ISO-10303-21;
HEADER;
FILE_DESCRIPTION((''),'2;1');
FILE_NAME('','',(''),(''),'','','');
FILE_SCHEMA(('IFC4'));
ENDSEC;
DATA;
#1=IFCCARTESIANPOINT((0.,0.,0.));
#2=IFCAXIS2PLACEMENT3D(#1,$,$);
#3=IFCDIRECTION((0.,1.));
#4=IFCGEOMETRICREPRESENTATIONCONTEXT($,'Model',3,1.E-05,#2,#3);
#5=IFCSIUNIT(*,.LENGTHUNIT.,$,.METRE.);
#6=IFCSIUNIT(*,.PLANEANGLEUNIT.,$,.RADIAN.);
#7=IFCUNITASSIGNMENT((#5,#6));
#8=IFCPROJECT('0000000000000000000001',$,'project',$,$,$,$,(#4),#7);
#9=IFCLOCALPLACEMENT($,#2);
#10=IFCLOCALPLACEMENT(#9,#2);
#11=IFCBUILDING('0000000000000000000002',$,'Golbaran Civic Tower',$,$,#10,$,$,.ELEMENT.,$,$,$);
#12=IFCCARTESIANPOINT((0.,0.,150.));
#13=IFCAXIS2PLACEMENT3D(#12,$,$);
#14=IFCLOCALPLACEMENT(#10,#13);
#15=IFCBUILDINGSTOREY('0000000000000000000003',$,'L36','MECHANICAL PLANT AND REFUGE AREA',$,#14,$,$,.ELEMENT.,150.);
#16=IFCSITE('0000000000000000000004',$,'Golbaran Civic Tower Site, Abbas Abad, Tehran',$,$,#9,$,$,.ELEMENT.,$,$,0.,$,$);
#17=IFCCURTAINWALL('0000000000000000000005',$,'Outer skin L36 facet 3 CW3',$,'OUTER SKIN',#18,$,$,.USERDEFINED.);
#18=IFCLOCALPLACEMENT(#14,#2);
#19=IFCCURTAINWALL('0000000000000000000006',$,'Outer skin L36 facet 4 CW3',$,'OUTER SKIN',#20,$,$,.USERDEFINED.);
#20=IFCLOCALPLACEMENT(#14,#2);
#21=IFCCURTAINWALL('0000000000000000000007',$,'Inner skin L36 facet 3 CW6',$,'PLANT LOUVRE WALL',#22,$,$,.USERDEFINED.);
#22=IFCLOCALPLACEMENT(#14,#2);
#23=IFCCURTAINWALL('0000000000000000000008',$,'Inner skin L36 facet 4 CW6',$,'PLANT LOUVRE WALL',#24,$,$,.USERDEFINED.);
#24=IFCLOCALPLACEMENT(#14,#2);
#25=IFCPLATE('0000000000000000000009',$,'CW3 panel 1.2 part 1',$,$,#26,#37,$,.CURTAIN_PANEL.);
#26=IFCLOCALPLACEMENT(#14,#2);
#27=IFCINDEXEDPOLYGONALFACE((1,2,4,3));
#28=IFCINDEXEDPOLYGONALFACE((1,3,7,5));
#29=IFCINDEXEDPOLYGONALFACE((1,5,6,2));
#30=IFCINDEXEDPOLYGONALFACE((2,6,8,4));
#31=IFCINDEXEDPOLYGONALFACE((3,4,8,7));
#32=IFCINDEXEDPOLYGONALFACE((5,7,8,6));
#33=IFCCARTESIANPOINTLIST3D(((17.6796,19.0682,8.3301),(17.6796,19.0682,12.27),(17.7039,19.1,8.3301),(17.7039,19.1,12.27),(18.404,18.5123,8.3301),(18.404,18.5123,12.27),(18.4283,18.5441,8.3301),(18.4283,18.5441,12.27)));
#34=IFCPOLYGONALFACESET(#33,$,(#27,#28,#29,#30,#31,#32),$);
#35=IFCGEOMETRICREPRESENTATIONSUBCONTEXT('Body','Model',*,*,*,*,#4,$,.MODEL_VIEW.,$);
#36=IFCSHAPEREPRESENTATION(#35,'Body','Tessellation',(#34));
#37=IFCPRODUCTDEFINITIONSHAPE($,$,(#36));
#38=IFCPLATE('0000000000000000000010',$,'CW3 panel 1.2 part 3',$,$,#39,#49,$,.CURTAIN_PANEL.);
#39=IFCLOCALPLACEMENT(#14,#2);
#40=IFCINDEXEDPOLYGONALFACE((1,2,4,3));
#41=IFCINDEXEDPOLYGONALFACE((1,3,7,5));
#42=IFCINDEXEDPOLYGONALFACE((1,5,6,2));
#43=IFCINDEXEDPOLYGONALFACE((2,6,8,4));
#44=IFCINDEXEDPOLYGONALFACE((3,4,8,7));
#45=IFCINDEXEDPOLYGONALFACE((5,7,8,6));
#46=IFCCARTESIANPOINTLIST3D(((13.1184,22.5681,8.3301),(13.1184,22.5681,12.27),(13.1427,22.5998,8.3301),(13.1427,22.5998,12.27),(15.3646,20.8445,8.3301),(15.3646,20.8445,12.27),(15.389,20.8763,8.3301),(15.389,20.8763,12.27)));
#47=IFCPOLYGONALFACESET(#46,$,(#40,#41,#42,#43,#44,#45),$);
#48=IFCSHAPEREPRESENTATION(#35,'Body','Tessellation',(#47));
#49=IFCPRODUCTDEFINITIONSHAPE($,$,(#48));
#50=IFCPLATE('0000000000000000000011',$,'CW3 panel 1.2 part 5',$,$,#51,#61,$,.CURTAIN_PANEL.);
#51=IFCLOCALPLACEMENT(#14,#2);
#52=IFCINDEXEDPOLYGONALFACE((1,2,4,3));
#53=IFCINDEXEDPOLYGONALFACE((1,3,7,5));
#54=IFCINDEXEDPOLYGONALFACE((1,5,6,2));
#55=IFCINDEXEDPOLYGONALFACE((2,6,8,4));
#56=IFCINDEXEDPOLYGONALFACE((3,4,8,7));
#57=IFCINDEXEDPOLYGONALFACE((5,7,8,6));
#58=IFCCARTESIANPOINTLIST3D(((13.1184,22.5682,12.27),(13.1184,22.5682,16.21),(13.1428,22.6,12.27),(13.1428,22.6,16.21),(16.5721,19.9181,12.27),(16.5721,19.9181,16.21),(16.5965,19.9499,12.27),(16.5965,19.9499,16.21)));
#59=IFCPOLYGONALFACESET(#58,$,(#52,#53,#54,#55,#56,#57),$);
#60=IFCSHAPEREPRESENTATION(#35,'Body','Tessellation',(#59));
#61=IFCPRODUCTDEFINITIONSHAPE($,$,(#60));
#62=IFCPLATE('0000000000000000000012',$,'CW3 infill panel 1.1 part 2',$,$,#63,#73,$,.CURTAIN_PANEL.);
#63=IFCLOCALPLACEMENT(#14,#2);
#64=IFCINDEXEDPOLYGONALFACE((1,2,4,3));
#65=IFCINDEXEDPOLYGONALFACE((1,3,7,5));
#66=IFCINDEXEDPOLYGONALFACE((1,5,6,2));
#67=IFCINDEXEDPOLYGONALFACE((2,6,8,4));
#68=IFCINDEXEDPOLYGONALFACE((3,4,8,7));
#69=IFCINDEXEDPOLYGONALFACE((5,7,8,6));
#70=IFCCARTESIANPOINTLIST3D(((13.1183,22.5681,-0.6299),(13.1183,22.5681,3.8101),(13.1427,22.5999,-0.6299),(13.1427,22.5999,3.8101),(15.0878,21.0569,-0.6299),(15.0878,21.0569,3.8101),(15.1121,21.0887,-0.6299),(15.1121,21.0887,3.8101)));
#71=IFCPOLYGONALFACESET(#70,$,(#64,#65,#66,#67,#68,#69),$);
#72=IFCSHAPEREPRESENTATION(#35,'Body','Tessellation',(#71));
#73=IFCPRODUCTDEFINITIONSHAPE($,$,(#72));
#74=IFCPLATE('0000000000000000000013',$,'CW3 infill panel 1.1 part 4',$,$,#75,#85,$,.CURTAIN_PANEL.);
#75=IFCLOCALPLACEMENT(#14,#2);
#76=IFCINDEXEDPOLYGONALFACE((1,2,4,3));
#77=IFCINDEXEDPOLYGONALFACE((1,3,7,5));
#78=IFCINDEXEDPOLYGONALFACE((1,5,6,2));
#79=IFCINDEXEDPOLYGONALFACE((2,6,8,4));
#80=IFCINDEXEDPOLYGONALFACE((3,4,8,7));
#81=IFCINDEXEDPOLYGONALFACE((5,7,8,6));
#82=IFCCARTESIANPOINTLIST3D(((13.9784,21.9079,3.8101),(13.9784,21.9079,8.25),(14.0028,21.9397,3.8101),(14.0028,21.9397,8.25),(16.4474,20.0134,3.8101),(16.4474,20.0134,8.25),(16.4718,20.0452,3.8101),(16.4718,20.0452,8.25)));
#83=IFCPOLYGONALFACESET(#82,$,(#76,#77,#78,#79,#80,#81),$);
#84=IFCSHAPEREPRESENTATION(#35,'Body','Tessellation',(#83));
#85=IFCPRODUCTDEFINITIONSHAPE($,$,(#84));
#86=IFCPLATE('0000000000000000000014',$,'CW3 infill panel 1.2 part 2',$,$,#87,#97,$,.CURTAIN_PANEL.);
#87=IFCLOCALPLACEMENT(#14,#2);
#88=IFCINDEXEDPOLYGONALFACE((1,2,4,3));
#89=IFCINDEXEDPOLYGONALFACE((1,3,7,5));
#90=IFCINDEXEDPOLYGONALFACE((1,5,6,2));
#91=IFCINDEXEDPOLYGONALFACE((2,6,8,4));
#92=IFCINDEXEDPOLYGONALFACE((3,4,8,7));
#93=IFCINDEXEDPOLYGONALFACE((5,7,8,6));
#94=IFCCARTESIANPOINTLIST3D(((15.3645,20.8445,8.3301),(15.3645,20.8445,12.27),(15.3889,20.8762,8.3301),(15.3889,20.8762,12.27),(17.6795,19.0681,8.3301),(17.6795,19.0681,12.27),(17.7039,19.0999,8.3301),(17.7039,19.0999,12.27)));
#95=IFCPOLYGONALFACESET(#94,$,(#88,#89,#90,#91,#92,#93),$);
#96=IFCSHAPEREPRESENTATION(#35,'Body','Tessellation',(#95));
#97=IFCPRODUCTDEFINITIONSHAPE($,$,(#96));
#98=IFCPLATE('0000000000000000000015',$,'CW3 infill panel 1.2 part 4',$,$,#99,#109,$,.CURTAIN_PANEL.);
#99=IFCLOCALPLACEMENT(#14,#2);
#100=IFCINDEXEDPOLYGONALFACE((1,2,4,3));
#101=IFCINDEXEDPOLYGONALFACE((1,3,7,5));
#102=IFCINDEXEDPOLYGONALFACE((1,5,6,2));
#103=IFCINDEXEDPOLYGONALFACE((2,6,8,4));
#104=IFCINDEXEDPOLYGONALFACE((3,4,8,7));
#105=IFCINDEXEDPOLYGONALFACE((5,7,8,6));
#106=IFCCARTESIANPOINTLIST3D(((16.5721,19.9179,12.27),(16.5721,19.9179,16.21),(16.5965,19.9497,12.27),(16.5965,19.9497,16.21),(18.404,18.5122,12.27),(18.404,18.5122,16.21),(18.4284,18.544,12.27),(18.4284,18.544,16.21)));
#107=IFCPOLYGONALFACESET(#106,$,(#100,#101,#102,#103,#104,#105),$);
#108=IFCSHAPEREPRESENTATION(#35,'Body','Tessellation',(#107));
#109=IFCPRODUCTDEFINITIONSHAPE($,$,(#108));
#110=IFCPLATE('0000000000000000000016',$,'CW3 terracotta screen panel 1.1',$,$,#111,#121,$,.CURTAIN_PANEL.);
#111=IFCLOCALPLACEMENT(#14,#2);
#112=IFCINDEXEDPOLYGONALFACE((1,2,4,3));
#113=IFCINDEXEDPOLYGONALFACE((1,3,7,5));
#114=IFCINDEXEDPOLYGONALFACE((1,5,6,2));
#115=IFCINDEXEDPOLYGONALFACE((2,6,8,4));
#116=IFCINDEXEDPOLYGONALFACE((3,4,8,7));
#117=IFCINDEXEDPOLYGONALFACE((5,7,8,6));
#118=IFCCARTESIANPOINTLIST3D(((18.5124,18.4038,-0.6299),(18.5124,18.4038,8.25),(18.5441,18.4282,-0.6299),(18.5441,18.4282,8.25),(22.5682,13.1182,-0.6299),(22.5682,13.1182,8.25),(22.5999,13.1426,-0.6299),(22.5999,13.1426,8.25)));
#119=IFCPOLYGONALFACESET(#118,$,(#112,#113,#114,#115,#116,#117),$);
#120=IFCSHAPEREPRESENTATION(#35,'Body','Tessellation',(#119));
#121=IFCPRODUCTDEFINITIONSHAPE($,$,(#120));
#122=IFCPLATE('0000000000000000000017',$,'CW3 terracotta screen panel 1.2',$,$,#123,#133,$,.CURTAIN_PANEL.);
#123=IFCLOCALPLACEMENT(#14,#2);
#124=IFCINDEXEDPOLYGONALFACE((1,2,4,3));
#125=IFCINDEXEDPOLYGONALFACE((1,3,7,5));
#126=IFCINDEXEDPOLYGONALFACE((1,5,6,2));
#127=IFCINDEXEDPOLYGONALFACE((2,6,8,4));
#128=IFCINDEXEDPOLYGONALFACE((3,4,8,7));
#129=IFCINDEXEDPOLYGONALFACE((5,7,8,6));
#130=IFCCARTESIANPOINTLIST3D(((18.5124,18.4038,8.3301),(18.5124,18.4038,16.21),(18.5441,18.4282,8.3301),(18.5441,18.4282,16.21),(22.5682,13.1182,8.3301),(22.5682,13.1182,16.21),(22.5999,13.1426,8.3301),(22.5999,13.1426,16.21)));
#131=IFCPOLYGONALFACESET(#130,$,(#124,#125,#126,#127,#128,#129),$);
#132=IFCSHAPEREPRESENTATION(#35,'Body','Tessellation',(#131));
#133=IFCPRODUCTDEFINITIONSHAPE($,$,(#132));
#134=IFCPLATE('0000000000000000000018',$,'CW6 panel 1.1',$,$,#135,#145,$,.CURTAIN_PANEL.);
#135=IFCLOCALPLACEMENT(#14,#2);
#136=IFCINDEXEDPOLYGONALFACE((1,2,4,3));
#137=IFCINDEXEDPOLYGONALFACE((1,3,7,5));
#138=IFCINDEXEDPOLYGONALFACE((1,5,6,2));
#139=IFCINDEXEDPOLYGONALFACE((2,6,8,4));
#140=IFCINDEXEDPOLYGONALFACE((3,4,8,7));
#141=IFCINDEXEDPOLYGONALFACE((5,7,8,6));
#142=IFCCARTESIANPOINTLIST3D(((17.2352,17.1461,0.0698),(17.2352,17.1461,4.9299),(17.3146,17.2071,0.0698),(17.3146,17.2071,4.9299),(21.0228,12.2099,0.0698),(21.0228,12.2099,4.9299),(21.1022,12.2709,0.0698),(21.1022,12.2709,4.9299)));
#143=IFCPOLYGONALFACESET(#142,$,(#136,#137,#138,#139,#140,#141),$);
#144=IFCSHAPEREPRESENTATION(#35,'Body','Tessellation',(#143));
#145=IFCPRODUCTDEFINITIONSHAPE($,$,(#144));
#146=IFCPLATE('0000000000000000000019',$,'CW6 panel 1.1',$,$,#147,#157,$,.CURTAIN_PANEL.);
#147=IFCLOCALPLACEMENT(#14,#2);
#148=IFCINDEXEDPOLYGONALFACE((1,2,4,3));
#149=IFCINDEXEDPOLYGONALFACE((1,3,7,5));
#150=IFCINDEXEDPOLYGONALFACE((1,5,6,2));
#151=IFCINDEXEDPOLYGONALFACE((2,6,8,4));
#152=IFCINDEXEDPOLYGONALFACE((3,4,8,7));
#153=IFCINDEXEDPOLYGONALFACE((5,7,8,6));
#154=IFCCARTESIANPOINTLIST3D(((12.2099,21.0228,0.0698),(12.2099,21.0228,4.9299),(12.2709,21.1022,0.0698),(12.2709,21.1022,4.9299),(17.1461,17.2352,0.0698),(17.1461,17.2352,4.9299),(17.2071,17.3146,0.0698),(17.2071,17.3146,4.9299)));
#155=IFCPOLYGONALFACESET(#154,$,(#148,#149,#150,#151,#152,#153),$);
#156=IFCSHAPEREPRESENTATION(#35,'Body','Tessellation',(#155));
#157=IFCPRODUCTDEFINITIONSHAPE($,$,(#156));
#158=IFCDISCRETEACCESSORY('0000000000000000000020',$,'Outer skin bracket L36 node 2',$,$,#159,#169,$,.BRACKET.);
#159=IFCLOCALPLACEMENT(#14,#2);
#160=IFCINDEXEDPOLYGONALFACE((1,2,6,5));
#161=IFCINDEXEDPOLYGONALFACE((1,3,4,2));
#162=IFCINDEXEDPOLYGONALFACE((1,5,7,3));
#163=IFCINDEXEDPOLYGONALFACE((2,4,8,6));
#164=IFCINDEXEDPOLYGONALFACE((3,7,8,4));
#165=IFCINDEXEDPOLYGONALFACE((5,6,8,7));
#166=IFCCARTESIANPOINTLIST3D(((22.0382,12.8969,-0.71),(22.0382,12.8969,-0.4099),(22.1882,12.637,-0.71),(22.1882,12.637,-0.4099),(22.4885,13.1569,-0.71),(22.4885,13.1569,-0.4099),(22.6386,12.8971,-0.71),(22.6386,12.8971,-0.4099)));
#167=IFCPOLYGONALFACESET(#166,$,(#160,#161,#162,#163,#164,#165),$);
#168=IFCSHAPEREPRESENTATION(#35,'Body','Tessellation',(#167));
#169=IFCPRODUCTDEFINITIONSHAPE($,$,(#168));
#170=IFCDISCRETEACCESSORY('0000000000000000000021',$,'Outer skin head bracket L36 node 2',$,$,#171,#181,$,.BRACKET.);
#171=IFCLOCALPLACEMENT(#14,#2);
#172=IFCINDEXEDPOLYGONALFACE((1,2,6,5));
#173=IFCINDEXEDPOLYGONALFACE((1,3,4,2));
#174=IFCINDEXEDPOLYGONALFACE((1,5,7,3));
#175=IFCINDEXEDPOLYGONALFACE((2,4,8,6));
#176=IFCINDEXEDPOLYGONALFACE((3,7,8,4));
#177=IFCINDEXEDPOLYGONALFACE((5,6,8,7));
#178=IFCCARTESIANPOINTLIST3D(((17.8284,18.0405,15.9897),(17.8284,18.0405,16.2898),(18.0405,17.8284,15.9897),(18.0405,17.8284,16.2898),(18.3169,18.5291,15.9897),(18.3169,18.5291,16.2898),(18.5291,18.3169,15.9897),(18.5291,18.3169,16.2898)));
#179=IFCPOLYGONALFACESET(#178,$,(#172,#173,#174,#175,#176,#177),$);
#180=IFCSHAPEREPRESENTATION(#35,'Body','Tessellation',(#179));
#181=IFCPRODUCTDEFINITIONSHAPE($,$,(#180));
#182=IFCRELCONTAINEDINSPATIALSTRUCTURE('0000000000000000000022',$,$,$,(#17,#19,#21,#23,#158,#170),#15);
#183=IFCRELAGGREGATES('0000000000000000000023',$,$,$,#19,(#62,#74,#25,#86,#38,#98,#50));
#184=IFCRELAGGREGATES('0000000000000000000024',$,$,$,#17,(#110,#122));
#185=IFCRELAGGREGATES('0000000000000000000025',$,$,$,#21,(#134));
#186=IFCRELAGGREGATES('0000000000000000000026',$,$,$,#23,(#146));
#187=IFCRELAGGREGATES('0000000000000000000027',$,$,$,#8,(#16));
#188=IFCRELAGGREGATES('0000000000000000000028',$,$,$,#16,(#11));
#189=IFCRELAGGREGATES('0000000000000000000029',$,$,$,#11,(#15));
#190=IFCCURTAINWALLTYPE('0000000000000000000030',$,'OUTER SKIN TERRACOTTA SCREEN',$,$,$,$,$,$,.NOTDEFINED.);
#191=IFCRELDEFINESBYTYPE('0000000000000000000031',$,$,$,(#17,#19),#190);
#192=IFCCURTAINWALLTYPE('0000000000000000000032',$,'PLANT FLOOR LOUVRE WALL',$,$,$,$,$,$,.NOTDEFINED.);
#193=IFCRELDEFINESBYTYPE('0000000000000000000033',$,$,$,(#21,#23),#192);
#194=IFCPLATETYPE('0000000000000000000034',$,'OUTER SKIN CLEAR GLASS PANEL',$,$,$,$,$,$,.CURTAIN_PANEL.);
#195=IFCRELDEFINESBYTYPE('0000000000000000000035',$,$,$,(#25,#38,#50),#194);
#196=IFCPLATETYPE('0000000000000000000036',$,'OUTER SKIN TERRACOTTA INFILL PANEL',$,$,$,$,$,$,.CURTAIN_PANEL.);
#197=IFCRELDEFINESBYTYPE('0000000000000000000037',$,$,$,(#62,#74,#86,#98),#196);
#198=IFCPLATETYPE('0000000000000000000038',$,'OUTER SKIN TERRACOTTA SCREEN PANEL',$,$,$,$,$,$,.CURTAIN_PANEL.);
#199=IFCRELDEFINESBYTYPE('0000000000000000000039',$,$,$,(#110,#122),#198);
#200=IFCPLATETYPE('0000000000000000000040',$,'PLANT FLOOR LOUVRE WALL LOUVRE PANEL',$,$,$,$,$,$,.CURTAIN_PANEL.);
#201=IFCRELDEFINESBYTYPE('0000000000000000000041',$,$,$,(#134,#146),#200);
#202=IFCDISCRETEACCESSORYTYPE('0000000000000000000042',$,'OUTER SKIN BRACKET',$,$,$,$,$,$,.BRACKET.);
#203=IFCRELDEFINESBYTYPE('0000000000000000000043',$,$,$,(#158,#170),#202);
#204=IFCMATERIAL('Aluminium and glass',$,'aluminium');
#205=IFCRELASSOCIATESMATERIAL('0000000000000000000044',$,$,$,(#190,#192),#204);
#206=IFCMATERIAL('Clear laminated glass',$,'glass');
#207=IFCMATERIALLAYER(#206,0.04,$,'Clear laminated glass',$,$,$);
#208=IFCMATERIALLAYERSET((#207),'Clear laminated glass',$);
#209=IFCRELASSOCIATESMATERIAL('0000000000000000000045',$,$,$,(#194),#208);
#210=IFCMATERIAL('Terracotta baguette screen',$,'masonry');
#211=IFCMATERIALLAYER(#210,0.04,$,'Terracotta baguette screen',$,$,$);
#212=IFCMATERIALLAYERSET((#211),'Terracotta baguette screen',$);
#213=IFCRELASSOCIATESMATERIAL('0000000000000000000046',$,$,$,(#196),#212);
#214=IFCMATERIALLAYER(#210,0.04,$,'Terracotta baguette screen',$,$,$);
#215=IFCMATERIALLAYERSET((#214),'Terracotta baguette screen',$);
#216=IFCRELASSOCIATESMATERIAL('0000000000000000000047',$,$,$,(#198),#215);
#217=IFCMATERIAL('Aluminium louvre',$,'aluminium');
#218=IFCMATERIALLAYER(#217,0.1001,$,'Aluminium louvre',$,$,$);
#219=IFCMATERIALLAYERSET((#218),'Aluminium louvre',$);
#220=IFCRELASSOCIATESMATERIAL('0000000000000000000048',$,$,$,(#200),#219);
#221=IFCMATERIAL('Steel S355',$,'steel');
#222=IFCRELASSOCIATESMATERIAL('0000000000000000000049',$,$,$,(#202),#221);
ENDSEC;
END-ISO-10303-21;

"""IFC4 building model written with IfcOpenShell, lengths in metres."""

from ifc_helpers import new_model, si_unit, direction, frame, origin, origin_2d, place, context, subcontext, project, spatial, rectangle, extrude, material, layer, layer_set, type_object, element, aggregate, save


model = new_model("IFC4")

# Units and contexts
model_context = context("Model", 3, precision=1e-05, world=origin(), true_north=direction((0.0, 1.0)))
body_context = subcontext(model_context, "Body", "Model", "MODEL_VIEW")
ifc_project = project(units=[si_unit("LENGTHUNIT", "METRE"), si_unit("PLANEANGLEUNIT", "RADIAN")], contexts=[model_context])

# Site, building, storey
site_placement = place(None, origin())
site = spatial("IfcSite", under=ifc_project, at=site_placement, Name="Golbaran Civic Tower Site, Abbas Abad, Tehran", CompositionType="ELEMENT", RefElevation=0.0)
building_placement = place(site_placement, origin())
building = spatial("IfcBuilding", under=site, at=building_placement, Name="Golbaran Civic Tower", CompositionType="ELEMENT")
storey_placement = place(building_placement, frame((0.0, 0.0, 150.0)))
storey = spatial("IfcBuildingStorey", under=building, at=storey_placement, Name="L36", Description="MECHANICAL PLANT AND REFUGE AREA", CompositionType="ELEMENT", Elevation=150.0)

# Shared definitions
ifc_material_1 = material(Name="Steel S355", Category="steel")

# Shared definitions
ifc_material_2 = material(Name="Aluminium and glass", Category="aluminium")
curtain_wall_type_1 = type_object("IfcCurtainWallType", Name="OUTER SKIN TERRACOTTA SCREEN", PredefinedType="NOTDEFINED", material=ifc_material_2)

# Curtain walls
curtain_wall_1_placement = place(storey_placement, origin())
curtain_wall_1 = element("IfcCurtainWall", 1, at=curtain_wall_1_placement, inside=storey, type_object=curtain_wall_type_1, Name="Outer skin L36 facet 3 CW3", ObjectType="OUTER SKIN", PredefinedType="USERDEFINED")
curtain_wall_2_placement = place(storey_placement, origin())
curtain_wall_2 = element("IfcCurtainWall", 2, at=curtain_wall_2_placement, inside=storey, type_object=curtain_wall_type_1, Name="Outer skin L36 facet 4 CW3", ObjectType="OUTER SKIN", PredefinedType="USERDEFINED")

# Shared definitions
curtain_wall_type_2 = type_object("IfcCurtainWallType", Name="PLANT FLOOR LOUVRE WALL", PredefinedType="NOTDEFINED", material=ifc_material_2)

# Curtain wall
curtain_wall_3_placement = place(storey_placement, origin())
curtain_wall_3 = element("IfcCurtainWall", 3, at=curtain_wall_3_placement, inside=storey, type_object=curtain_wall_type_2, Name="Inner skin L36 facet 3 CW6", ObjectType="PLANT LOUVRE WALL", PredefinedType="USERDEFINED")

# Curtain wall
curtain_wall_4_placement = place(storey_placement, origin())
curtain_wall_4 = element("IfcCurtainWall", 4, at=curtain_wall_4_placement, inside=storey, type_object=curtain_wall_type_2, Name="Inner skin L36 facet 4 CW6", ObjectType="PLANT LOUVRE WALL", PredefinedType="USERDEFINED")

# Plates
ifc_material_3 = material(Name="Clear laminated glass", Category="glass")
ifc_layer_1 = layer(ifc_material_3, 0.04, Name="Clear laminated glass")
ifc_layer_set_1 = layer_set([ifc_layer_1], Name="Clear laminated glass")
plate_type_1 = type_object("IfcPlateType", Name="OUTER SKIN CLEAR GLASS PANEL", PredefinedType="CURTAIN_PANEL", material=ifc_layer_set_1)
plate_1_placement = place(storey_placement, frame((18.054, 18.8062, 8.3301), z_axis=(0.0, 0.0, 1.0), x_axis=(-0.793353, 0.608761, 0.0)))
plate_1 = element("IfcPlate", 5, at=plate_1_placement, type_object=plate_type_1, Name="CW3 panel 1.2 part 1", PredefinedType="CURTAIN_PANEL", context=body_context, shape_type="SweptSolid", body=[
    extrude(rectangle(XDim=0.9131, YDim=0.04, at=origin_2d()), origin(), (0.0, 0.0, 1.0), 3.9399),
])
plate_2_placement = place(storey_placement, frame((14.2537, 21.7222, 8.3301), z_axis=(0.0, 0.0, 1.0), x_axis=(-0.793353, 0.608761, 0.0)))
plate_2 = element("IfcPlate", 6, at=plate_2_placement, type_object=plate_type_1, Name="CW3 panel 1.2 part 3", PredefinedType="CURTAIN_PANEL", context=body_context, shape_type="SweptSolid", body=[
    extrude(rectangle(XDim=2.8313, YDim=0.04, at=origin_2d()), origin(), (0.0, 0.0, 1.0), 3.9399),
])
plate_3_placement = place(storey_placement, frame((14.8574, 21.259, 12.27), z_axis=(0.0, 0.0, 1.0), x_axis=(-0.793353, 0.608761, 0.0)))
plate_3 = element("IfcPlate", 7, at=plate_3_placement, type_object=plate_type_1, Name="CW3 panel 1.2 part 5", PredefinedType="CURTAIN_PANEL", context=body_context, shape_type="SweptSolid", body=[
    extrude(rectangle(XDim=4.3533, YDim=0.04, at=origin_2d()), origin(), (0.0, 0.0, 1.0), 3.9399),
])
ifc_material_4 = material(Name="Terracotta baguette screen", Category="masonry")
ifc_layer_2 = layer(ifc_material_4, 0.04, Name="Terracotta baguette screen")
ifc_layer_set_2 = layer_set([ifc_layer_2], Name="Terracotta baguette screen")
plate_type_2 = type_object("IfcPlateType", Name="OUTER SKIN TERRACOTTA INFILL PANEL", PredefinedType="CURTAIN_PANEL", material=ifc_layer_set_2)
plate_4_placement = place(storey_placement, frame((14.1152, 21.8284, -0.6299), z_axis=(0.0, 0.0, 1.0), x_axis=(-0.793353, 0.608761, 0.0)))
plate_4 = element("IfcPlate", 8, at=plate_4_placement, type_object=plate_type_2, Name="CW3 infill panel 1.1 part 2", PredefinedType="CURTAIN_PANEL", context=body_context, shape_type="SweptSolid", body=[
    extrude(rectangle(XDim=2.4824, YDim=0.04, at=origin_2d()), origin(), (0.0, 0.0, 1.0), 4.4399),
])
plate_5_placement = place(storey_placement, frame((15.2251, 20.9766, 3.8101), z_axis=(0.0, 0.0, 1.0), x_axis=(-0.793353, 0.608761, 0.0)))
plate_5 = element("IfcPlate", 9, at=plate_5_placement, type_object=plate_type_2, Name="CW3 infill panel 1.1 part 4", PredefinedType="CURTAIN_PANEL", context=body_context, shape_type="SweptSolid", body=[
    extrude(rectangle(XDim=3.1121, YDim=0.04, at=origin_2d()), origin(), (0.0, 0.0, 1.0), 4.4399),
])
plate_6_placement = place(storey_placement, frame((16.5342, 19.9722, 8.3301), z_axis=(0.0, 0.0, 1.0), x_axis=(-0.793353, 0.608761, 0.0)))
plate_6 = element("IfcPlate", 10, at=plate_6_placement, type_object=plate_type_2, Name="CW3 infill panel 1.2 part 2", PredefinedType="CURTAIN_PANEL", context=body_context, shape_type="SweptSolid", body=[
    extrude(rectangle(XDim=2.918, YDim=0.04, at=origin_2d()), origin(), (0.0, 0.0, 1.0), 3.9399),
])
plate_7_placement = place(storey_placement, frame((17.5002, 19.231, 12.27), z_axis=(0.0, 0.0, 1.0), x_axis=(-0.793353, 0.608761, 0.0)))
plate_7 = element("IfcPlate", 11, at=plate_7_placement, type_object=plate_type_2, Name="CW3 infill panel 1.2 part 4", PredefinedType="CURTAIN_PANEL", context=body_context, shape_type="SweptSolid", body=[
    extrude(rectangle(XDim=2.3091, YDim=0.04, at=origin_2d()), origin(), (0.0, 0.0, 1.0), 3.9399),
])
aggregate(curtain_wall_2, [plate_4, plate_5, plate_1, plate_6, plate_2, plate_7, plate_3])
ifc_layer_3 = layer(ifc_material_4, 0.04, Name="Terracotta baguette screen")
ifc_layer_set_3 = layer_set([ifc_layer_3], Name="Terracotta baguette screen")
plate_type_3 = type_object("IfcPlateType", Name="OUTER SKIN TERRACOTTA SCREEN PANEL", PredefinedType="CURTAIN_PANEL", material=ifc_layer_set_3)
plate_8_placement = place(storey_placement, frame((20.5562, 15.7732, -0.6299), z_axis=(0.0, 0.0, 1.0), x_axis=(-0.608761, 0.793353, 0.0)))
plate_8 = element("IfcPlate", 12, at=plate_8_placement, type_object=plate_type_3, Name="CW3 terracotta screen panel 1.1", PredefinedType="CURTAIN_PANEL", context=body_context, shape_type="SweptSolid", body=[
    extrude(rectangle(XDim=6.6624, YDim=0.04, at=origin_2d()), origin(), (0.0, 0.0, 1.0), 8.8799),
])
plate_9_placement = place(storey_placement, frame((20.5562, 15.7732, 8.3301), z_axis=(0.0, 0.0, 1.0), x_axis=(-0.608761, 0.793353, 0.0)))
plate_9 = element("IfcPlate", 13, at=plate_9_placement, type_object=plate_type_3, Name="CW3 terracotta screen panel 1.2", PredefinedType="CURTAIN_PANEL", context=body_context, shape_type="SweptSolid", body=[
    extrude(rectangle(XDim=6.6624, YDim=0.04, at=origin_2d()), origin(), (0.0, 0.0, 1.0), 7.8799),
])
aggregate(curtain_wall_1, [plate_8, plate_9])
ifc_material_5 = material(Name="Aluminium louvre", Category="aluminium")
ifc_layer_4 = layer(ifc_material_5, 0.1001, Name="Aluminium louvre")
ifc_layer_set_4 = layer_set([ifc_layer_4], Name="Aluminium louvre")
plate_type_4 = type_object("IfcPlateType", Name="PLANT FLOOR LOUVRE WALL LOUVRE PANEL", PredefinedType="CURTAIN_PANEL", material=ifc_layer_set_4)
plate_10_placement = place(storey_placement, frame((19.1687, 14.7085, 0.0698), z_axis=(0.0, 0.0, 1.0), x_axis=(-0.608761, 0.793353, 0.0)))
plate_10 = element("IfcPlate", 14, at=plate_10_placement, type_object=plate_type_4, Name="CW6 panel 1.1", PredefinedType="CURTAIN_PANEL", context=body_context, shape_type="SweptSolid", body=[
    extrude(rectangle(XDim=6.2219, YDim=0.1001, at=origin_2d()), origin(), (0.0, 0.0, 1.0), 4.8601),
])
aggregate(curtain_wall_3, [plate_10])
plate_11_placement = place(storey_placement, frame((14.7085, 19.1687, 0.0698), z_axis=(0.0, 0.0, 1.0), x_axis=(-0.793353, 0.608761, 0.0)))
plate_11 = element("IfcPlate", 15, at=plate_11_placement, type_object=plate_type_4, Name="CW6 panel 1.1", PredefinedType="CURTAIN_PANEL", context=body_context, shape_type="SweptSolid", body=[
    extrude(rectangle(XDim=6.2219, YDim=0.1001, at=origin_2d()), origin(), (0.0, 0.0, 1.0), 4.8601),
])
aggregate(curtain_wall_4, [plate_11])

# Discrete accessories
discrete_accessory_type = type_object("IfcDiscreteAccessoryType", Name="OUTER SKIN BRACKET", PredefinedType="BRACKET", material=ifc_material_1)
discrete_accessory_1_placement = place(storey_placement, frame((22.3384, 12.897, -0.71), z_axis=(0.0, 0.0, 1.0), x_axis=(0.866025, 0.5, 0.0)))
element("IfcDiscreteAccessory", 16, at=discrete_accessory_1_placement, inside=storey, type_object=discrete_accessory_type, Name="Outer skin bracket L36 node 2", PredefinedType="BRACKET", context=body_context, shape_type="SweptSolid", body=[
    extrude(rectangle(XDim=0.52, YDim=0.3, at=origin_2d()), origin(), (0.0, 0.0, 1.0), 0.3),
])
discrete_accessory_2_placement = place(storey_placement, frame((18.1787, 18.1787, 15.9897), z_axis=(0.0, 0.0, 1.0), x_axis=(0.707107, 0.707107, 0.0)))
element("IfcDiscreteAccessory", 17, at=discrete_accessory_2_placement, inside=storey, type_object=discrete_accessory_type, Name="Outer skin head bracket L36 node 2", PredefinedType="BRACKET", context=body_context, shape_type="SweptSolid", body=[
    extrude(rectangle(XDim=0.6909, YDim=0.3, at=origin_2d()), origin(), (0.0, 0.0, 1.0), 0.3),
])

save(model, "model.ifc")
